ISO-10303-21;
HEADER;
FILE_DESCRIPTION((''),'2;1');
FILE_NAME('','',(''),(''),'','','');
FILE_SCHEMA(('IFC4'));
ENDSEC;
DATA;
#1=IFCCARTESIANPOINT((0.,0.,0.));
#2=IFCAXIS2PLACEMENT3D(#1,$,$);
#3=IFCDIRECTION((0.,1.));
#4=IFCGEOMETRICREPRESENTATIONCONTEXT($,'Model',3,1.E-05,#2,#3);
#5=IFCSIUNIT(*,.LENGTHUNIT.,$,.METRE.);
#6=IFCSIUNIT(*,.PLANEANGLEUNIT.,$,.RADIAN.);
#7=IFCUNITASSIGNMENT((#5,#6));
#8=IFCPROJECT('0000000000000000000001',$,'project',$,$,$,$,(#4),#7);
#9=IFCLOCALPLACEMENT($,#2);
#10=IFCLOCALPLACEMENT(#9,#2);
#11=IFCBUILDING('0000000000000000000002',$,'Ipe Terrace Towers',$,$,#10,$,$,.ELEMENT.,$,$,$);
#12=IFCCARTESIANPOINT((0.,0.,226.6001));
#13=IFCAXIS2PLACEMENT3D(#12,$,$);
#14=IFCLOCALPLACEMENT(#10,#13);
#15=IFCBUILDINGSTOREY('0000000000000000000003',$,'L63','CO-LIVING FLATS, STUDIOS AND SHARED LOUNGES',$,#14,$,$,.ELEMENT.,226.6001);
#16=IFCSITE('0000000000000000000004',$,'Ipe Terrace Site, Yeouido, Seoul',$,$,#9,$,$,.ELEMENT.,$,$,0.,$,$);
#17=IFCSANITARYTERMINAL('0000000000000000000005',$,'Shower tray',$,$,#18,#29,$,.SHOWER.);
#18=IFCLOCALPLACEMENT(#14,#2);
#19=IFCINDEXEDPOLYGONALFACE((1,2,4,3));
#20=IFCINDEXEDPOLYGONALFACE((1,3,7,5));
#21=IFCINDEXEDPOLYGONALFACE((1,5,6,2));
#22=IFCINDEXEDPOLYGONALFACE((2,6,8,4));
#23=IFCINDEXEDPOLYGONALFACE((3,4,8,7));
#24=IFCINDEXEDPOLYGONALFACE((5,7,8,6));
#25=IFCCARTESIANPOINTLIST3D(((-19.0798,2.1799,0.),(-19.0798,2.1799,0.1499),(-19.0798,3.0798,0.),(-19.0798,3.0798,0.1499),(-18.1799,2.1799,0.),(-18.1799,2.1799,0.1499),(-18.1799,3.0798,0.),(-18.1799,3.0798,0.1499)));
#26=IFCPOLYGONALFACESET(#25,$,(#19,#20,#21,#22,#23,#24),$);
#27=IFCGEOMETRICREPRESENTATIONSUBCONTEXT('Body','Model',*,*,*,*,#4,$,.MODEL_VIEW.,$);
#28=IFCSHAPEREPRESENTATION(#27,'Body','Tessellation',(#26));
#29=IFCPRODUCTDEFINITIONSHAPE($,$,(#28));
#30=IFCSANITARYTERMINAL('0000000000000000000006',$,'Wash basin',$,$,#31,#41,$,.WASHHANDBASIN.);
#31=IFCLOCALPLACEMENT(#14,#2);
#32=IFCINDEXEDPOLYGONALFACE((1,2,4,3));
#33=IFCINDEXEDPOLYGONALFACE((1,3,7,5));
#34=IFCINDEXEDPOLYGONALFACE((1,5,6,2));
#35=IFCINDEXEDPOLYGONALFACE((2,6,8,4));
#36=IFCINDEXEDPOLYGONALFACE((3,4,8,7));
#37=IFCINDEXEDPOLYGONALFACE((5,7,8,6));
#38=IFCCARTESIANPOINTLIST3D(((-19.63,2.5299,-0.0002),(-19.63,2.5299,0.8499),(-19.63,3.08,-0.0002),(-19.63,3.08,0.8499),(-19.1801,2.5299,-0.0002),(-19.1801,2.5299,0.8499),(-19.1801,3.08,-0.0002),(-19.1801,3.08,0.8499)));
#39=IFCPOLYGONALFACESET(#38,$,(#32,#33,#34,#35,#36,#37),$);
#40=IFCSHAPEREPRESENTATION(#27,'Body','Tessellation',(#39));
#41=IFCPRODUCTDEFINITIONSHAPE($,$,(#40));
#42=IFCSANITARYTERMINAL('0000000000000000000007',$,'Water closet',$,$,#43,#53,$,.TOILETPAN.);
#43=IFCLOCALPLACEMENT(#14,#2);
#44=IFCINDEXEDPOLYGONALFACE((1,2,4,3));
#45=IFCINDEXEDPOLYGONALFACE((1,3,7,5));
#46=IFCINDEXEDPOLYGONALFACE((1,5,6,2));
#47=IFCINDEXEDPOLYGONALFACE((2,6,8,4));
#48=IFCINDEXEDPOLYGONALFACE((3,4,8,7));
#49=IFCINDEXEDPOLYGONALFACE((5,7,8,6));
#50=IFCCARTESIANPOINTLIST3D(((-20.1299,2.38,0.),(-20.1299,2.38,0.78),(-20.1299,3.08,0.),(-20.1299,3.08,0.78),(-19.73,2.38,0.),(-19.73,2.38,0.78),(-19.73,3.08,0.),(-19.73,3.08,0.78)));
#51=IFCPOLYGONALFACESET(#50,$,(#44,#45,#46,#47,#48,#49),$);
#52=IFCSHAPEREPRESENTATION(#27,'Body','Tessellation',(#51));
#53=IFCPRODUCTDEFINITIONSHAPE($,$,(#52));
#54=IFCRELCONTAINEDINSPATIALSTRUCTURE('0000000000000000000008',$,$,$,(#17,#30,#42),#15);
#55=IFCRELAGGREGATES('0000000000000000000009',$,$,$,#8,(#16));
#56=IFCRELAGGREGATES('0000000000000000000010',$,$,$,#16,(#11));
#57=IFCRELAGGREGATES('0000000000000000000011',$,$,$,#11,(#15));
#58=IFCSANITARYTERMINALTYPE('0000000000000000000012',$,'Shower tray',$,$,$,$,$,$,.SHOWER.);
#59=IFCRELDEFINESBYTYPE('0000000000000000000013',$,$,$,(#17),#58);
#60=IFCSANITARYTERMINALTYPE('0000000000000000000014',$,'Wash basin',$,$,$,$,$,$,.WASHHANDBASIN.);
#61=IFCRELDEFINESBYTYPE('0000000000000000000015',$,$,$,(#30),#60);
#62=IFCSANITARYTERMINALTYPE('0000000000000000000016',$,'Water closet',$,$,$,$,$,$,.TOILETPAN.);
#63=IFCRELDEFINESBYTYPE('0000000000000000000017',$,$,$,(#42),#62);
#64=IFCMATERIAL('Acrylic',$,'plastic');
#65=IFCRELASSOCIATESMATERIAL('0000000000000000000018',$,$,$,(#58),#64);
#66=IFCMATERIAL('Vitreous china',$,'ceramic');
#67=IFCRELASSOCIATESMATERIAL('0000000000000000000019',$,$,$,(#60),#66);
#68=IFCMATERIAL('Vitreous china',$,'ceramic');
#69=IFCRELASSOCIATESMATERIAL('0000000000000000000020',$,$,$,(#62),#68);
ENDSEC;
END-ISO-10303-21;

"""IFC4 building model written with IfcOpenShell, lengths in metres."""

from ifc_helpers import new_model, si_unit, direction, frame, origin, origin_2d, place, context, subcontext, project, spatial, rectangle, extrude, material, type_object, element, save


model = new_model("IFC4")

# Units and contexts
model_context = context("Model", 3, precision=1e-05, world=origin(), true_north=direction((0.0, 1.0)))
body_context = subcontext(model_context, "Body", "Model", "MODEL_VIEW")
ifc_project = project(units=[si_unit("LENGTHUNIT", "METRE"), si_unit("PLANEANGLEUNIT", "RADIAN")], contexts=[model_context])

# Site, building, storey
site_placement = place(None, origin())
site = spatial("IfcSite", under=ifc_project, at=site_placement, Name="Ipe Terrace Site, Yeouido, Seoul", CompositionType="ELEMENT", RefElevation=0.0)
building_placement = place(site_placement, origin())
building = spatial("IfcBuilding", under=site, at=building_placement, Name="Ipe Terrace Towers", CompositionType="ELEMENT")
storey_placement = place(building_placement, frame((0.0, 0.0, 226.6001)))
storey = spatial("IfcBuildingStorey", under=building, at=storey_placement, Name="L63", Description="CO-LIVING FLATS, STUDIOS AND SHARED LOUNGES", CompositionType="ELEMENT", Elevation=226.6001)

# Sanitary terminals
ifc_material_1 = material(Name="Acrylic", Category="plastic")
sanitary_terminal_type_1 = type_object("IfcSanitaryTerminalType", Name="Shower tray", PredefinedType="SHOWER", material=ifc_material_1)
sanitary_terminal_1_placement = place(storey_placement, frame((-18.6299, 2.6299, 0.0), z_axis=(0.0, 0.0, 1.0), x_axis=(0.0, -1.0, 0.0)))
element("IfcSanitaryTerminal", 1, at=sanitary_terminal_1_placement, inside=storey, type_object=sanitary_terminal_type_1, Name="Shower tray", PredefinedType="SHOWER", context=body_context, shape_type="SweptSolid", body=[
    extrude(rectangle(XDim=0.8999, YDim=0.8999, at=origin_2d()), origin(), (0.0, 0.0, 1.0), 0.1499),
])
ifc_material_2 = material(Name="Vitreous china", Category="ceramic")
sanitary_terminal_type_2 = type_object("IfcSanitaryTerminalType", Name="Wash basin", PredefinedType="WASHHANDBASIN", material=ifc_material_2)
sanitary_terminal_2_placement = place(storey_placement, frame((-19.405, 2.8049, -0.0002), z_axis=(0.0, 0.0, 1.0), x_axis=(0.0, -1.0, 0.0)))
element("IfcSanitaryTerminal", 2, at=sanitary_terminal_2_placement, inside=storey, type_object=sanitary_terminal_type_2, Name="Wash basin", PredefinedType="WASHHANDBASIN", context=body_context, shape_type="SweptSolid", body=[
    extrude(rectangle(XDim=0.55, YDim=0.45, at=origin_2d()), origin(), (0.0, 0.0, 1.0), 0.8501),
])
ifc_material_3 = material(Name="Vitreous china", Category="ceramic")
sanitary_terminal_type_3 = type_object("IfcSanitaryTerminalType", Name="Water closet", PredefinedType="TOILETPAN", material=ifc_material_3)
sanitary_terminal_3_placement = place(storey_placement, frame((-19.9299, 2.73, 0.0), z_axis=(0.0, 0.0, 1.0), x_axis=(0.0, -1.0, 0.0)))
element("IfcSanitaryTerminal", 3, at=sanitary_terminal_3_placement, inside=storey, type_object=sanitary_terminal_type_3, Name="Water closet", PredefinedType="TOILETPAN", context=body_context, shape_type="SweptSolid", body=[
    extrude(rectangle(XDim=0.7, YDim=0.3999, at=origin_2d()), origin(), (0.0, 0.0, 1.0), 0.78),
])

save(model, "model.ifc")
